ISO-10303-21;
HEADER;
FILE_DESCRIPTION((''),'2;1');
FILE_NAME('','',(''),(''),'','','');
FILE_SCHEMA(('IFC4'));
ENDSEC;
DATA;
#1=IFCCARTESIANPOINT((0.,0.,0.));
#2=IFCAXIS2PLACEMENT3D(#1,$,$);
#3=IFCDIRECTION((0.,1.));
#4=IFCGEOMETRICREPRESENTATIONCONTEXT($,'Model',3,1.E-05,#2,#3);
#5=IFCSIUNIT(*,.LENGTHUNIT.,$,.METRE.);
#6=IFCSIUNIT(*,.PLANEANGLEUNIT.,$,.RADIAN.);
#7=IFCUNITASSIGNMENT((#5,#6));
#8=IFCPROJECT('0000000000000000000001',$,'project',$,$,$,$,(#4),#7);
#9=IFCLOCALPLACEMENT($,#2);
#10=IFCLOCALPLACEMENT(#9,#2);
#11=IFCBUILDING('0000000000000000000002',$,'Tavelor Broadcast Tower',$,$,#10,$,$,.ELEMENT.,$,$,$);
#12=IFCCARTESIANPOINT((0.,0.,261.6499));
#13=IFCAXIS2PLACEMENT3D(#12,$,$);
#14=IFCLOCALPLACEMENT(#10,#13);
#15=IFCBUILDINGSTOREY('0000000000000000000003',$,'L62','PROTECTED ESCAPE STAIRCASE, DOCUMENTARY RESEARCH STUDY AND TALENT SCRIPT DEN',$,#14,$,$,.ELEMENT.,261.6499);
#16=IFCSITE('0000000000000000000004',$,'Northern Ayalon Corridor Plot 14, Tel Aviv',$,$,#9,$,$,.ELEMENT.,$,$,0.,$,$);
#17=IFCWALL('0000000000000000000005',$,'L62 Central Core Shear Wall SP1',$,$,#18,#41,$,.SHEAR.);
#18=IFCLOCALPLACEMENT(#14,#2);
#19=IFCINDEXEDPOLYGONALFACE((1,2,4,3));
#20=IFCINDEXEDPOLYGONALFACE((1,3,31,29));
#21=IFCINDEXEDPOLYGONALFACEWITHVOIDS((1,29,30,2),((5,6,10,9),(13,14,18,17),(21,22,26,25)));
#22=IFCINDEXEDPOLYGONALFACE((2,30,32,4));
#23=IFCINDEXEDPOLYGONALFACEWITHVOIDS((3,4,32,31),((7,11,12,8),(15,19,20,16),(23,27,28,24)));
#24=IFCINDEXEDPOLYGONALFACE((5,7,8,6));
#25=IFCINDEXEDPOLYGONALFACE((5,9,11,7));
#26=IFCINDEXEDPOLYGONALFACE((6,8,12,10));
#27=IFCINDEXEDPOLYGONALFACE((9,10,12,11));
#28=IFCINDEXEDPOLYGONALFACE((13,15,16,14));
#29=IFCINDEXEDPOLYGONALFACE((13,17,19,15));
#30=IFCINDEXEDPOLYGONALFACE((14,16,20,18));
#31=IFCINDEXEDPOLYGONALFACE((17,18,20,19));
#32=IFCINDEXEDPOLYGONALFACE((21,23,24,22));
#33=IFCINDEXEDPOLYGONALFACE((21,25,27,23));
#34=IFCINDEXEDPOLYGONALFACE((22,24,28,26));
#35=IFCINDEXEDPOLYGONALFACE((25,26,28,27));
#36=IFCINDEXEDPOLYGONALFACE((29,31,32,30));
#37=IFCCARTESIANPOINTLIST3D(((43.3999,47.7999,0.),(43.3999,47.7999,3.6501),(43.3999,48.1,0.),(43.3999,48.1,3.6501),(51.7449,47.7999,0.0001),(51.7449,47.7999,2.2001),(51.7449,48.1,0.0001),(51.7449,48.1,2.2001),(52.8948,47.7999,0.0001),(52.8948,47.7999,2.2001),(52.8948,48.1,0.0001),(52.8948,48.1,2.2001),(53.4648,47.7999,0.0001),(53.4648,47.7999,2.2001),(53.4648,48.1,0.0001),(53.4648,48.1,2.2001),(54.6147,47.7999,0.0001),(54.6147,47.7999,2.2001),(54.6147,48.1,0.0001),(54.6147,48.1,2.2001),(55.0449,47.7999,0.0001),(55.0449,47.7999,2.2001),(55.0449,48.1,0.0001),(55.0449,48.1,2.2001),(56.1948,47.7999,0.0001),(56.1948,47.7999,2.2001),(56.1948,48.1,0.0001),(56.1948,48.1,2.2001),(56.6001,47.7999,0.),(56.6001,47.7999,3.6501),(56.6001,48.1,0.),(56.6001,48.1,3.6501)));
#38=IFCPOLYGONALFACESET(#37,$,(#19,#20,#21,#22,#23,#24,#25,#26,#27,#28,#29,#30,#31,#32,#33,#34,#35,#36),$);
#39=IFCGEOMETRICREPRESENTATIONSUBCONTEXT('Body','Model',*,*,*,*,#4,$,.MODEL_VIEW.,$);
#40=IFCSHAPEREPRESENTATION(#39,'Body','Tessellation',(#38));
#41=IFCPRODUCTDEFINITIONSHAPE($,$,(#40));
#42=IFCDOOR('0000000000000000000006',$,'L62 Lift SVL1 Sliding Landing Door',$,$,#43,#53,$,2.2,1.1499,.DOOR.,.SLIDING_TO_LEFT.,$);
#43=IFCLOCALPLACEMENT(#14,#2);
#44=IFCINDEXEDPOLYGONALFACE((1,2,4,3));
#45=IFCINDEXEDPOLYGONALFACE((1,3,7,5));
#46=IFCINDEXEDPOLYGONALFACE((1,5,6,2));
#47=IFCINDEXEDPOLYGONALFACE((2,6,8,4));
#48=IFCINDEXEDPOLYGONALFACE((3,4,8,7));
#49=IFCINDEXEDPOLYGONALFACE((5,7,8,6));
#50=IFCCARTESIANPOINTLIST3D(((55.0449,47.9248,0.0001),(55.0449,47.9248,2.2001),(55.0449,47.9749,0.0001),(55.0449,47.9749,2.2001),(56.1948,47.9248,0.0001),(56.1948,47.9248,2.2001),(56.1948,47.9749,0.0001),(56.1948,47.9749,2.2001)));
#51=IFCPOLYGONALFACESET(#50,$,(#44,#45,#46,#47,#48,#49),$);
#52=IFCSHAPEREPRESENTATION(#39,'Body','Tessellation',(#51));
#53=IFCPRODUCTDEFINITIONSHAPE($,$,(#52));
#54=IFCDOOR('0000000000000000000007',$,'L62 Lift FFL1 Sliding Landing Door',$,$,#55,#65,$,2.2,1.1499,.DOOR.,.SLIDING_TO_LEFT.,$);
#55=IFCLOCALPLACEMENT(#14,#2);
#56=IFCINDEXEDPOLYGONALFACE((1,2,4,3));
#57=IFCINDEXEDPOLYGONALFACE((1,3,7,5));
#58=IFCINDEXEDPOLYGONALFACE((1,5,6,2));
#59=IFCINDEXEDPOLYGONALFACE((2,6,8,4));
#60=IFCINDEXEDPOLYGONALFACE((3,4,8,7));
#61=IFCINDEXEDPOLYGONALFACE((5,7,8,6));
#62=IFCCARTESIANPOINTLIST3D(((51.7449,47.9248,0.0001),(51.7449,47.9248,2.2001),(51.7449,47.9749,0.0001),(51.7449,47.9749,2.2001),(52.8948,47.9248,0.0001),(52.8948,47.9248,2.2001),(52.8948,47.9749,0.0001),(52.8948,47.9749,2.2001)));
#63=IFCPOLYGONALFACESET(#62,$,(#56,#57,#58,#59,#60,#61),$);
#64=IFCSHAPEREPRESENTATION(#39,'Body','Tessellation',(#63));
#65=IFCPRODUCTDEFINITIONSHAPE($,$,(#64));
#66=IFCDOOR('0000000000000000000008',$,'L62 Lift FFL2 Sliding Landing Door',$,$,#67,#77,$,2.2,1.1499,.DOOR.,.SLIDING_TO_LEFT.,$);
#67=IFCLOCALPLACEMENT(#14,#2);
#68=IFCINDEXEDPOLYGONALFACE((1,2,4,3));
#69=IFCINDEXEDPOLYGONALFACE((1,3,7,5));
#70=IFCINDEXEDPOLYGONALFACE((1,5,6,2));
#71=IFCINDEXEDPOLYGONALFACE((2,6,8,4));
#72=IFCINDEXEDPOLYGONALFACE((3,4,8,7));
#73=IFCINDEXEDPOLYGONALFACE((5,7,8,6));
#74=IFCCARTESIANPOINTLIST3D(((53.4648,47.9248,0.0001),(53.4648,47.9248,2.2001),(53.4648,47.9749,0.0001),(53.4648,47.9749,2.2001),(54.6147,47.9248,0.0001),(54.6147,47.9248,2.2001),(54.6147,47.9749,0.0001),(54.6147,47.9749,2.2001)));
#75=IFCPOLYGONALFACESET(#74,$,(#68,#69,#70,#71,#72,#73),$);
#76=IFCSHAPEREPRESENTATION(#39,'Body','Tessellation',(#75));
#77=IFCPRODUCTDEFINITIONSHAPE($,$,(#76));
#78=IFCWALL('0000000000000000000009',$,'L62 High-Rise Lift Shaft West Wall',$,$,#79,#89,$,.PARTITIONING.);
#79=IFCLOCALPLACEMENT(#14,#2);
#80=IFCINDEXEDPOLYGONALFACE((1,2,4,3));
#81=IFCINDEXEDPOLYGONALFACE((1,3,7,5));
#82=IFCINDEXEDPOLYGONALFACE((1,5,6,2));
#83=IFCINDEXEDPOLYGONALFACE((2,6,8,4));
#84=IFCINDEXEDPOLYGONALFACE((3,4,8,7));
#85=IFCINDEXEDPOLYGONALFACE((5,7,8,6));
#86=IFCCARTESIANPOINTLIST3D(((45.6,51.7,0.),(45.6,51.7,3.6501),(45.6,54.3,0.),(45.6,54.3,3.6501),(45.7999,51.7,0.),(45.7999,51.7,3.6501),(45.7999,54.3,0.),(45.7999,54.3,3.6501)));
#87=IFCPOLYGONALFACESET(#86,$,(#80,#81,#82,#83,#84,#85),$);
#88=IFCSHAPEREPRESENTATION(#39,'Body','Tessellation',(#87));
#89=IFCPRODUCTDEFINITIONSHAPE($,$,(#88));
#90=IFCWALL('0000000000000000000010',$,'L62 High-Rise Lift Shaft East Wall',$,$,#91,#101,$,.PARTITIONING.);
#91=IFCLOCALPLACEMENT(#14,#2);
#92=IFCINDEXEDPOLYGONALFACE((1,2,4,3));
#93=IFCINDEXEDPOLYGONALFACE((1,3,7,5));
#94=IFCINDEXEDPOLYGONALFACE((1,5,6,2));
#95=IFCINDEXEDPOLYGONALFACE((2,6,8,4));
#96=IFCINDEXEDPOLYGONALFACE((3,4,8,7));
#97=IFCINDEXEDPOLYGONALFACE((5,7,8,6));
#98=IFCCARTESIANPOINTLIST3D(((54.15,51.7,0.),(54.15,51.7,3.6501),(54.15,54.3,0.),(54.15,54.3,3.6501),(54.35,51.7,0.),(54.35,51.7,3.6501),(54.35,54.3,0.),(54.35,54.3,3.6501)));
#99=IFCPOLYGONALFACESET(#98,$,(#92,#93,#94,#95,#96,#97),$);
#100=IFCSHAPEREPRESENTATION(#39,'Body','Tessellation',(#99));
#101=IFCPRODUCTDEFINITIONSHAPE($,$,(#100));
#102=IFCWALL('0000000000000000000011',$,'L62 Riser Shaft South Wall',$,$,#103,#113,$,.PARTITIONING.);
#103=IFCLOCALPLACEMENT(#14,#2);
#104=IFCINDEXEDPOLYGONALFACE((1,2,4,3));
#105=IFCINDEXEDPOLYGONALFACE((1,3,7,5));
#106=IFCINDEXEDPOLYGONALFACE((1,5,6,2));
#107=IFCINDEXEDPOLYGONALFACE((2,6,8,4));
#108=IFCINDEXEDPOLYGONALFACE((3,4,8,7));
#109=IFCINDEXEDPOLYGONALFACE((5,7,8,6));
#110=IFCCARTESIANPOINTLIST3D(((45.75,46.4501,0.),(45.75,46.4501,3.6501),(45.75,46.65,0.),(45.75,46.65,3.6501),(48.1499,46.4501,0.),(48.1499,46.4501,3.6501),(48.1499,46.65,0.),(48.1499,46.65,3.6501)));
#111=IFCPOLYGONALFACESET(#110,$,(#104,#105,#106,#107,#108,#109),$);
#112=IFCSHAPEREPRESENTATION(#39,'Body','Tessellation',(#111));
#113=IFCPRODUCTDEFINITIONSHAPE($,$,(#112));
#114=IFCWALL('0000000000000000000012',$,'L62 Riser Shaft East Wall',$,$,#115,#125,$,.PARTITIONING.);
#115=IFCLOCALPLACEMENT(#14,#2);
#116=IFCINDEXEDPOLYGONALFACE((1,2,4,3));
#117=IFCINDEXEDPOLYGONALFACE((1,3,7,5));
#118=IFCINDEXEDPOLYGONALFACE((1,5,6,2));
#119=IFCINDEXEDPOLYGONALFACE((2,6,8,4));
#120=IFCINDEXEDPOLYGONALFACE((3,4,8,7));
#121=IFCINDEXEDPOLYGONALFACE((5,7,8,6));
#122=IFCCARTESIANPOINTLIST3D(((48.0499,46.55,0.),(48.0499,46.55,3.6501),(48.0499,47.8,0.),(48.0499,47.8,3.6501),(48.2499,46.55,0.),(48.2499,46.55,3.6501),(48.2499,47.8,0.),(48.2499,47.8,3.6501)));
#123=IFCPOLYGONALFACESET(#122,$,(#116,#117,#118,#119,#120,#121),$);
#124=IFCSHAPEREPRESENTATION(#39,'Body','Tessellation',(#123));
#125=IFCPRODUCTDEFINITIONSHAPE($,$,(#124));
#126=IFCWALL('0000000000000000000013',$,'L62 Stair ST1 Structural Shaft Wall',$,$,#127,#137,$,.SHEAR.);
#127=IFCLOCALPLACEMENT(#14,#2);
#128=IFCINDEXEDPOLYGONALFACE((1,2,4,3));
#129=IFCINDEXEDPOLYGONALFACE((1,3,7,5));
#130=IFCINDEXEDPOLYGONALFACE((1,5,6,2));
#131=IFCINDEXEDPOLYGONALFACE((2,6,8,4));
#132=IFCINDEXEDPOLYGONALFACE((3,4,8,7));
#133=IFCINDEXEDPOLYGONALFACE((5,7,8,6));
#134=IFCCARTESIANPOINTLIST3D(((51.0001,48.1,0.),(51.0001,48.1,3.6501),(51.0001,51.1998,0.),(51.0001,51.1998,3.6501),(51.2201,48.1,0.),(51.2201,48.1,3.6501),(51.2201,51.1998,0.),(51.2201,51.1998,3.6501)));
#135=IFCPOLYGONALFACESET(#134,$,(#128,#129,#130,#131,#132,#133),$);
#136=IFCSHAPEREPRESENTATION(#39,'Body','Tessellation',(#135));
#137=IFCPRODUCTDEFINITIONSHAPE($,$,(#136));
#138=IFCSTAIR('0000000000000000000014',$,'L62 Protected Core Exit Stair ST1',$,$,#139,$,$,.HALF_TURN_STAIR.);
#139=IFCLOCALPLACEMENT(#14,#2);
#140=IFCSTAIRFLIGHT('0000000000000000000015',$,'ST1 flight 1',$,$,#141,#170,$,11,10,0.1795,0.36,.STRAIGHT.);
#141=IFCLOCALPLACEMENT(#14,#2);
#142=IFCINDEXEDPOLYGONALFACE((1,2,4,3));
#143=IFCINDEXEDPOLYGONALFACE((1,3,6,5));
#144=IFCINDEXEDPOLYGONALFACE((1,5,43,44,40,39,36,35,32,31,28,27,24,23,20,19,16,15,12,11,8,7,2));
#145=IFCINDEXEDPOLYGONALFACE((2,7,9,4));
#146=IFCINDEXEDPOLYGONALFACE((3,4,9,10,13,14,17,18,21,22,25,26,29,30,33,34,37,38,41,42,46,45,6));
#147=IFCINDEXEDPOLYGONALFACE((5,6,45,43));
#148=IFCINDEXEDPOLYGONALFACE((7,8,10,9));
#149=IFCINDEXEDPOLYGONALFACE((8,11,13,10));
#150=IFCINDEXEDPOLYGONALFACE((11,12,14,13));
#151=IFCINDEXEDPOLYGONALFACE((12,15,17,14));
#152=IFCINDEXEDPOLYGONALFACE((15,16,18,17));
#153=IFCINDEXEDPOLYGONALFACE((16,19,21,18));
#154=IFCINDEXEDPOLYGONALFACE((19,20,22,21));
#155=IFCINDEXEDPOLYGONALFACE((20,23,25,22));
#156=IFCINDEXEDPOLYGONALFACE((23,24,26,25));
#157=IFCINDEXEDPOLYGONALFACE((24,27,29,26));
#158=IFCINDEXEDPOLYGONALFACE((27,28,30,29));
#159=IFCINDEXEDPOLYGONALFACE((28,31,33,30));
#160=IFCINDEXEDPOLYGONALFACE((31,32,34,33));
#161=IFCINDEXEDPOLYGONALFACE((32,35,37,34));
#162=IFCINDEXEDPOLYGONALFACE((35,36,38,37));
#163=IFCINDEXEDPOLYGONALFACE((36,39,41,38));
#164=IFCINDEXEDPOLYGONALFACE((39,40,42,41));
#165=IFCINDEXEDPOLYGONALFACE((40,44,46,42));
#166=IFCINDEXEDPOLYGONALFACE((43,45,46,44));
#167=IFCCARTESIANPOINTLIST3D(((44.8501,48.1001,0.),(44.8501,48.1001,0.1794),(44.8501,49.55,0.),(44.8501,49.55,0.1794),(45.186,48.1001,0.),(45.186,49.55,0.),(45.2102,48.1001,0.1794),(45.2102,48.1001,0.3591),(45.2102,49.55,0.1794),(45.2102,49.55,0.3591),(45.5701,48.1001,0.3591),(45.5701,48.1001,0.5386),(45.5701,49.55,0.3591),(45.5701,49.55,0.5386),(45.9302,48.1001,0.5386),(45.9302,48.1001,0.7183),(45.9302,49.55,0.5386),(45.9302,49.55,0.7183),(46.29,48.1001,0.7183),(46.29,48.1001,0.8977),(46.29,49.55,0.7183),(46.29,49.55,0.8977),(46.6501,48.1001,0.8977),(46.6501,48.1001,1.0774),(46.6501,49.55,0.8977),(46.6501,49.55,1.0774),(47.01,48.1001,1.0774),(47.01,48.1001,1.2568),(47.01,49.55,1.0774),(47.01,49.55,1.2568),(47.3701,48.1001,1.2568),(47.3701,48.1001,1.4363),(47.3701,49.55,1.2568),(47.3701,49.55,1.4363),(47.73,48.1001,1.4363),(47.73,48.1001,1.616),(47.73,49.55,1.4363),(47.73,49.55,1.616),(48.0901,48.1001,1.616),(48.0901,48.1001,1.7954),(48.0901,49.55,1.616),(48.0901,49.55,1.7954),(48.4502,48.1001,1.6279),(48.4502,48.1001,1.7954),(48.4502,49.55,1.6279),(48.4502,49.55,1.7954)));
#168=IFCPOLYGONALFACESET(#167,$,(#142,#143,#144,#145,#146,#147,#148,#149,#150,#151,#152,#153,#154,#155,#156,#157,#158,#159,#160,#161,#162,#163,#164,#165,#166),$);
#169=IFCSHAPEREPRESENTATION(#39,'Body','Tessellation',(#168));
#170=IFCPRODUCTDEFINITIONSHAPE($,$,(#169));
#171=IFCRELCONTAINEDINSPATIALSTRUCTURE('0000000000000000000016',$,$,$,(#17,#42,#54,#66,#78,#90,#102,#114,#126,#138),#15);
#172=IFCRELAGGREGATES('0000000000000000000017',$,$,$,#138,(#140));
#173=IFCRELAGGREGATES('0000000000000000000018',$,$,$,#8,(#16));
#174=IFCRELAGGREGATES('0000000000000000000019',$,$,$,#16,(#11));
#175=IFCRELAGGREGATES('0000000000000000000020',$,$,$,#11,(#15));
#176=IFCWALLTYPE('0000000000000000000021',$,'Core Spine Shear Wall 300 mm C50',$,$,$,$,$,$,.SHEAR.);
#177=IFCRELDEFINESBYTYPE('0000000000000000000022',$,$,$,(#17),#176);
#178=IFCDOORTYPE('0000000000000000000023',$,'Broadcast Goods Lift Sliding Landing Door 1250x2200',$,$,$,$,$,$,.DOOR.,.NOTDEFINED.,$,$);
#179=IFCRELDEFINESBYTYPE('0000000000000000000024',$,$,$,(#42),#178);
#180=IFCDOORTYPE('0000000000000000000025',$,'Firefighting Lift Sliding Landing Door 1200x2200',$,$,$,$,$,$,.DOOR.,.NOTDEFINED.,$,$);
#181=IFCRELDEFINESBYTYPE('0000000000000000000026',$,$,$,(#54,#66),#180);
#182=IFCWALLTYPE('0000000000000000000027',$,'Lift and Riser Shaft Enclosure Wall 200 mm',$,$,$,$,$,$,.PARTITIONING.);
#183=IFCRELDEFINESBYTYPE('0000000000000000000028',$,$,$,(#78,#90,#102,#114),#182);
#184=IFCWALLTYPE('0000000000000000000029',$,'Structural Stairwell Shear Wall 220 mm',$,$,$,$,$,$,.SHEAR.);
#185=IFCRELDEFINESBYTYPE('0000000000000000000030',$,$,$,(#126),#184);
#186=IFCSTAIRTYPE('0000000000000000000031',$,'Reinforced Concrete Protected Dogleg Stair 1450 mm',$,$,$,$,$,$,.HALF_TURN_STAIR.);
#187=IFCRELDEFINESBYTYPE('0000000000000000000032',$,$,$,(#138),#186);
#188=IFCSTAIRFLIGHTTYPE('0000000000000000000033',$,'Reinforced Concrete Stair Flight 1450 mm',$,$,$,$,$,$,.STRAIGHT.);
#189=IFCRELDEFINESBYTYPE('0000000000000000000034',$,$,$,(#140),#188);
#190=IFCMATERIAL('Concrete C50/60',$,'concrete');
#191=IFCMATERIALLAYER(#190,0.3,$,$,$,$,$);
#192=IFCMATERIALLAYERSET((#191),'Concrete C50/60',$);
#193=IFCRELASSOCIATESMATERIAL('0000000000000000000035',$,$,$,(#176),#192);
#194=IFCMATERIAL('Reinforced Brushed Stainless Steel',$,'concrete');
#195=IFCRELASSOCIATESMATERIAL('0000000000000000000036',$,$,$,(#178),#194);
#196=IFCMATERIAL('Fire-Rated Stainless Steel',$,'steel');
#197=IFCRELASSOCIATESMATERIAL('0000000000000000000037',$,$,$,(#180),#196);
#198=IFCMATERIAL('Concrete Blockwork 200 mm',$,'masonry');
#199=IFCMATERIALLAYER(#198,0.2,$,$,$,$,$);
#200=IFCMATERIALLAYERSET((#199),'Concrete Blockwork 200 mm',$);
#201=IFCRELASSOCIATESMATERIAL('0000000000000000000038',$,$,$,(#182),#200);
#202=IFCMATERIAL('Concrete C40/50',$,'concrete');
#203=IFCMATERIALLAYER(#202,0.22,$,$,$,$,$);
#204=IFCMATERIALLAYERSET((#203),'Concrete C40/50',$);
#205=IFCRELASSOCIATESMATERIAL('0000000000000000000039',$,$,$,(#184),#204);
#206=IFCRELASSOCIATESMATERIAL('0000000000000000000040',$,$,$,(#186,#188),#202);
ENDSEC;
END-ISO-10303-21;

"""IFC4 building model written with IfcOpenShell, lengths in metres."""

from ifc_helpers import new_model, si_unit, direction, frame, frame_2d, origin, place, context, subcontext, project, spatial, polyline, rectangle, outline, extrude, material, layer, layer_set, type_object, element, fill, aggregate, save


model = new_model("IFC4")

# Units and contexts
model_context = context("Model", 3, precision=1e-05, world=origin(), true_north=direction((0.0, 1.0)))
body_context = subcontext(model_context, "Body", "Model", "MODEL_VIEW")
ifc_project = project(units=[si_unit("LENGTHUNIT", "METRE"), si_unit("PLANEANGLEUNIT", "RADIAN")], contexts=[model_context])

# Site, building, storey
site_placement = place(None, origin())
site = spatial("IfcSite", under=ifc_project, at=site_placement, Name="Northern Ayalon Corridor Plot 14, Tel Aviv", CompositionType="ELEMENT", RefElevation=0.0)
building_placement = place(site_placement, origin())
building = spatial("IfcBuilding", under=site, at=building_placement, Name="Tavelor Broadcast Tower", CompositionType="ELEMENT")
storey_placement = place(building_placement, frame((0.0, 0.0, 261.6499)))
storey = spatial("IfcBuildingStorey", under=building, at=storey_placement, Name="L62", Description="PROTECTED ESCAPE STAIRCASE, DOCUMENTARY RESEARCH STUDY AND TALENT SCRIPT DEN", CompositionType="ELEMENT", Elevation=261.6499)

# Shared definitions
ifc_material_1 = material(Name="Concrete C40/50", Category="concrete")

# Wall, openings, doors
ifc_material_2 = material(Name="Concrete C50/60", Category="concrete")
ifc_layer_1 = layer(ifc_material_2, 0.3)
ifc_layer_set_1 = layer_set([ifc_layer_1], Name="Concrete C50/60")
wall_type_1 = type_object("IfcWallType", Name="Core Spine Shear Wall 300 mm C50", PredefinedType="SHEAR", material=ifc_layer_set_1)
wall_1_placement = place(storey_placement, frame((43.3999, 47.95, 0.0), z_axis=(0.0, 0.0, 1.0), x_axis=(1.0, 0.0, 0.0)))
wall_1 = element("IfcWall", 1, at=wall_1_placement, inside=storey, type_object=wall_type_1, Name="L62 Central Core Shear Wall SP1", PredefinedType="SHEAR", context=body_context, shape_type="SweptSolid", body=[
    extrude(rectangle(XDim=13.2002, YDim=0.3, at=frame_2d((6.6001, 0.0))), origin(), (0.0, 0.0, 1.0), 3.6501),
])
opening_1_placement = place(wall_1_placement, frame((8.345, 0.0, 0.0)))
opening_1 = element("IfcOpeningElement", 2, at=opening_1_placement, cuts=wall_1, PredefinedType="OPENING", context=body_context, shape_type="SweptSolid", body=[
    extrude(rectangle(XDim=1.1499, YDim=2.2, at=frame_2d((0.575, 1.1001))), frame((0.0, 0.1602, 0.0), z_axis=(0.0, -1.0, 0.0), x_axis=(1.0, 0.0, 0.0)), (0.0, 0.0, 1.0), 0.3201),
])
opening_2_placement = place(wall_1_placement, frame((10.0649, 0.0, 0.0)))
opening_2 = element("IfcOpeningElement", 3, at=opening_2_placement, cuts=wall_1, PredefinedType="OPENING", context=body_context, shape_type="SweptSolid", body=[
    extrude(rectangle(XDim=1.1499, YDim=2.2, at=frame_2d((0.575, 1.1001))), frame((0.0, 0.1602, 0.0), z_axis=(0.0, -1.0, 0.0), x_axis=(1.0, 0.0, 0.0)), (0.0, 0.0, 1.0), 0.3201),
])
opening_3_placement = place(wall_1_placement, frame((11.645, 0.0, 0.0)))
opening_3 = element("IfcOpeningElement", 4, at=opening_3_placement, cuts=wall_1, PredefinedType="OPENING", context=body_context, shape_type="SweptSolid", body=[
    extrude(rectangle(XDim=1.1499, YDim=2.2, at=frame_2d((0.575, 1.1001))), frame((0.0, 0.1602, 0.0), z_axis=(0.0, -1.0, 0.0), x_axis=(1.0, 0.0, 0.0)), (0.0, 0.0, 1.0), 0.3201),
])
ifc_material_3 = material(Name="Reinforced Brushed Stainless Steel", Category="concrete")
door_type_1 = type_object("IfcDoorType", Name="Broadcast Goods Lift Sliding Landing Door 1250x2200", OperationType="NOTDEFINED", PredefinedType="DOOR", material=ifc_material_3)
door_1_placement = place(opening_3_placement, origin())
door_1 = element("IfcDoor", 5, at=door_1_placement, inside=storey, type_object=door_type_1, Name="L62 Lift SVL1 Sliding Landing Door", OperationType="SLIDING_TO_LEFT", OverallHeight=2.2, OverallWidth=1.1499, PredefinedType="DOOR", context=body_context, shape_type="SweptSolid", body=[
    extrude(rectangle(XDim=1.1499, YDim=2.2, at=frame_2d((0.575, 1.1001))), frame((0.0, 0.0249, 0.0), z_axis=(0.0, -1.0, 0.0), x_axis=(1.0, 0.0, 0.0)), (0.0, 0.0, 1.0), 0.05),
])
fill(opening_3, door_1)
ifc_material_4 = material(Name="Fire-Rated Stainless Steel", Category="steel")
door_type_2 = type_object("IfcDoorType", Name="Firefighting Lift Sliding Landing Door 1200x2200", OperationType="NOTDEFINED", PredefinedType="DOOR", material=ifc_material_4)
door_2_placement = place(opening_1_placement, origin())
door_2 = element("IfcDoor", 6, at=door_2_placement, inside=storey, type_object=door_type_2, Name="L62 Lift FFL1 Sliding Landing Door", OperationType="SLIDING_TO_LEFT", OverallHeight=2.2, OverallWidth=1.1499, PredefinedType="DOOR", context=body_context, shape_type="SweptSolid", body=[
    extrude(rectangle(XDim=1.1499, YDim=2.2, at=frame_2d((0.575, 1.1001))), frame((0.0, 0.0249, 0.0), z_axis=(0.0, -1.0, 0.0), x_axis=(1.0, 0.0, 0.0)), (0.0, 0.0, 1.0), 0.05),
])
fill(opening_1, door_2)
door_3_placement = place(opening_2_placement, origin())
door_3 = element("IfcDoor", 7, at=door_3_placement, inside=storey, type_object=door_type_2, Name="L62 Lift FFL2 Sliding Landing Door", OperationType="SLIDING_TO_LEFT", OverallHeight=2.2, OverallWidth=1.1499, PredefinedType="DOOR", context=body_context, shape_type="SweptSolid", body=[
    extrude(rectangle(XDim=1.1499, YDim=2.2, at=frame_2d((0.575, 1.1001))), frame((0.0, 0.0249, 0.0), z_axis=(0.0, -1.0, 0.0), x_axis=(1.0, 0.0, 0.0)), (0.0, 0.0, 1.0), 0.05),
])
fill(opening_2, door_3)

# Walls
ifc_material_5 = material(Name="Concrete Blockwork 200 mm", Category="masonry")
ifc_layer_2 = layer(ifc_material_5, 0.2)
ifc_layer_set_2 = layer_set([ifc_layer_2], Name="Concrete Blockwork 200 mm")
wall_type_2 = type_object("IfcWallType", Name="Lift and Riser Shaft Enclosure Wall 200 mm", PredefinedType="PARTITIONING", material=ifc_layer_set_2)
for number, where, z_axis, x_axis, name in (
    (8, (45.7, 51.7, 0.0), (0.0, 0.0, 1.0), (0.0, 1.0, 0.0), "L62 High-Rise Lift Shaft West Wall"),
    (9, (54.25, 51.7, 0.0), (0.0, 0.0, 1.0), (0.0, 1.0, 0.0), "L62 High-Rise Lift Shaft East Wall"),
):
    element("IfcWall", number, at=place(storey_placement, frame(where, z_axis=z_axis, x_axis=x_axis)), inside=storey, type_object=wall_type_2, Name=name, PredefinedType="PARTITIONING", context=body_context, shape_type="SweptSolid", body=[
        extrude(rectangle(XDim=2.6001, YDim=0.2, at=frame_2d((1.3, 0.0))), origin(), (0.0, 0.0, 1.0), 3.6501),
    ])
wall_2_placement = place(storey_placement, frame((45.75, 46.55, 0.0), z_axis=(0.0, 0.0, 1.0), x_axis=(1.0, 0.0, 0.0)))
element("IfcWall", 10, at=wall_2_placement, inside=storey, type_object=wall_type_2, Name="L62 Riser Shaft South Wall", PredefinedType="PARTITIONING", context=body_context, shape_type="SweptSolid", body=[
    extrude(rectangle(XDim=2.3999, YDim=0.2, at=frame_2d((1.2, 0.0))), origin(), (0.0, 0.0, 1.0), 3.6501),
])
wall_3_placement = place(storey_placement, frame((48.1499, 46.55, 0.0), z_axis=(0.0, 0.0, 1.0), x_axis=(0.0, 1.0, 0.0)))
element("IfcWall", 11, at=wall_3_placement, inside=storey, type_object=wall_type_2, Name="L62 Riser Shaft East Wall", PredefinedType="PARTITIONING", context=body_context, shape_type="SweptSolid", body=[
    extrude(rectangle(XDim=1.25, YDim=0.2, at=frame_2d((0.625, 0.0))), origin(), (0.0, 0.0, 1.0), 3.6501),
])
ifc_layer_3 = layer(ifc_material_1, 0.22)
ifc_layer_set_3 = layer_set([ifc_layer_3], Name="Concrete C40/50")
wall_type_3 = type_object("IfcWallType", Name="Structural Stairwell Shear Wall 220 mm", PredefinedType="SHEAR", material=ifc_layer_set_3)
wall_4_placement = place(storey_placement, frame((51.1101, 48.1001, 0.0), z_axis=(0.0, 0.0, 1.0), x_axis=(0.0, 1.0, 0.0)))
element("IfcWall", 12, at=wall_4_placement, inside=storey, type_object=wall_type_3, Name="L62 Stair ST1 Structural Shaft Wall", PredefinedType="SHEAR", context=body_context, shape_type="SweptSolid", body=[
    extrude(rectangle(XDim=3.0999, YDim=0.22, at=frame_2d((1.5498, 0.0))), origin(), (0.0, 0.0, 1.0), 3.6501),
])

# Stair, stair flight
stair_type = type_object("IfcStairType", Name="Reinforced Concrete Protected Dogleg Stair 1450 mm", PredefinedType="HALF_TURN_STAIR", material=ifc_material_1)
stair_placement = place(storey_placement, origin())
stair = element("IfcStair", 13, at=stair_placement, inside=storey, type_object=stair_type, Name="L62 Protected Core Exit Stair ST1", PredefinedType="HALF_TURN_STAIR")
stair_flight_type = type_object("IfcStairFlightType", Name="Reinforced Concrete Stair Flight 1450 mm", PredefinedType="STRAIGHT", material=ifc_material_1)
stair_flight_1_placement = place(storey_placement, frame((44.8501, 48.825, 0.0), z_axis=(0.0, 0.0, 1.0), x_axis=(1.0, 0.0, 0.0)))
stair_flight_1 = element("IfcStairFlight", 14, at=stair_flight_1_placement, type_object=stair_flight_type, Name="ST1 flight 1", NumberOfRisers=11, NumberOfTreads=10, PredefinedType="STRAIGHT", RiserHeight=0.1795, TreadLength=0.36, context=body_context, shape_type="SweptSolid", body=[
    extrude(outline(polyline([(0.0, 0.0), (0.0, 0.1794), (0.3601, 0.1794), (0.3601, 0.3591), (0.72, 0.3591), (0.72, 0.5386), (1.0801, 0.5386), (1.0801, 0.7183), (1.4399, 0.7183), (1.4399, 0.8977), (1.8, 0.8977), (1.8, 1.0774), (2.1599, 1.0774), (2.1599, 1.2568), (2.52, 1.2568), (2.52, 1.4363), (2.8799, 1.4363), (2.8799, 1.616), (3.24, 1.616), (3.24, 1.7954), (3.6001, 1.7954), (3.6001, 1.9751), (3.6001, 1.6279), (0.3359, 0.0), (0.0, 0.0)])), frame((0.0, 0.7251, 0.0), z_axis=(0.0, -1.0, 0.0), x_axis=(1.0, 0.0, 0.0)), (0.0, 0.0, 1.0), 1.45),
])
aggregate(stair, [stair_flight_1])

save(model, "model.ifc")
